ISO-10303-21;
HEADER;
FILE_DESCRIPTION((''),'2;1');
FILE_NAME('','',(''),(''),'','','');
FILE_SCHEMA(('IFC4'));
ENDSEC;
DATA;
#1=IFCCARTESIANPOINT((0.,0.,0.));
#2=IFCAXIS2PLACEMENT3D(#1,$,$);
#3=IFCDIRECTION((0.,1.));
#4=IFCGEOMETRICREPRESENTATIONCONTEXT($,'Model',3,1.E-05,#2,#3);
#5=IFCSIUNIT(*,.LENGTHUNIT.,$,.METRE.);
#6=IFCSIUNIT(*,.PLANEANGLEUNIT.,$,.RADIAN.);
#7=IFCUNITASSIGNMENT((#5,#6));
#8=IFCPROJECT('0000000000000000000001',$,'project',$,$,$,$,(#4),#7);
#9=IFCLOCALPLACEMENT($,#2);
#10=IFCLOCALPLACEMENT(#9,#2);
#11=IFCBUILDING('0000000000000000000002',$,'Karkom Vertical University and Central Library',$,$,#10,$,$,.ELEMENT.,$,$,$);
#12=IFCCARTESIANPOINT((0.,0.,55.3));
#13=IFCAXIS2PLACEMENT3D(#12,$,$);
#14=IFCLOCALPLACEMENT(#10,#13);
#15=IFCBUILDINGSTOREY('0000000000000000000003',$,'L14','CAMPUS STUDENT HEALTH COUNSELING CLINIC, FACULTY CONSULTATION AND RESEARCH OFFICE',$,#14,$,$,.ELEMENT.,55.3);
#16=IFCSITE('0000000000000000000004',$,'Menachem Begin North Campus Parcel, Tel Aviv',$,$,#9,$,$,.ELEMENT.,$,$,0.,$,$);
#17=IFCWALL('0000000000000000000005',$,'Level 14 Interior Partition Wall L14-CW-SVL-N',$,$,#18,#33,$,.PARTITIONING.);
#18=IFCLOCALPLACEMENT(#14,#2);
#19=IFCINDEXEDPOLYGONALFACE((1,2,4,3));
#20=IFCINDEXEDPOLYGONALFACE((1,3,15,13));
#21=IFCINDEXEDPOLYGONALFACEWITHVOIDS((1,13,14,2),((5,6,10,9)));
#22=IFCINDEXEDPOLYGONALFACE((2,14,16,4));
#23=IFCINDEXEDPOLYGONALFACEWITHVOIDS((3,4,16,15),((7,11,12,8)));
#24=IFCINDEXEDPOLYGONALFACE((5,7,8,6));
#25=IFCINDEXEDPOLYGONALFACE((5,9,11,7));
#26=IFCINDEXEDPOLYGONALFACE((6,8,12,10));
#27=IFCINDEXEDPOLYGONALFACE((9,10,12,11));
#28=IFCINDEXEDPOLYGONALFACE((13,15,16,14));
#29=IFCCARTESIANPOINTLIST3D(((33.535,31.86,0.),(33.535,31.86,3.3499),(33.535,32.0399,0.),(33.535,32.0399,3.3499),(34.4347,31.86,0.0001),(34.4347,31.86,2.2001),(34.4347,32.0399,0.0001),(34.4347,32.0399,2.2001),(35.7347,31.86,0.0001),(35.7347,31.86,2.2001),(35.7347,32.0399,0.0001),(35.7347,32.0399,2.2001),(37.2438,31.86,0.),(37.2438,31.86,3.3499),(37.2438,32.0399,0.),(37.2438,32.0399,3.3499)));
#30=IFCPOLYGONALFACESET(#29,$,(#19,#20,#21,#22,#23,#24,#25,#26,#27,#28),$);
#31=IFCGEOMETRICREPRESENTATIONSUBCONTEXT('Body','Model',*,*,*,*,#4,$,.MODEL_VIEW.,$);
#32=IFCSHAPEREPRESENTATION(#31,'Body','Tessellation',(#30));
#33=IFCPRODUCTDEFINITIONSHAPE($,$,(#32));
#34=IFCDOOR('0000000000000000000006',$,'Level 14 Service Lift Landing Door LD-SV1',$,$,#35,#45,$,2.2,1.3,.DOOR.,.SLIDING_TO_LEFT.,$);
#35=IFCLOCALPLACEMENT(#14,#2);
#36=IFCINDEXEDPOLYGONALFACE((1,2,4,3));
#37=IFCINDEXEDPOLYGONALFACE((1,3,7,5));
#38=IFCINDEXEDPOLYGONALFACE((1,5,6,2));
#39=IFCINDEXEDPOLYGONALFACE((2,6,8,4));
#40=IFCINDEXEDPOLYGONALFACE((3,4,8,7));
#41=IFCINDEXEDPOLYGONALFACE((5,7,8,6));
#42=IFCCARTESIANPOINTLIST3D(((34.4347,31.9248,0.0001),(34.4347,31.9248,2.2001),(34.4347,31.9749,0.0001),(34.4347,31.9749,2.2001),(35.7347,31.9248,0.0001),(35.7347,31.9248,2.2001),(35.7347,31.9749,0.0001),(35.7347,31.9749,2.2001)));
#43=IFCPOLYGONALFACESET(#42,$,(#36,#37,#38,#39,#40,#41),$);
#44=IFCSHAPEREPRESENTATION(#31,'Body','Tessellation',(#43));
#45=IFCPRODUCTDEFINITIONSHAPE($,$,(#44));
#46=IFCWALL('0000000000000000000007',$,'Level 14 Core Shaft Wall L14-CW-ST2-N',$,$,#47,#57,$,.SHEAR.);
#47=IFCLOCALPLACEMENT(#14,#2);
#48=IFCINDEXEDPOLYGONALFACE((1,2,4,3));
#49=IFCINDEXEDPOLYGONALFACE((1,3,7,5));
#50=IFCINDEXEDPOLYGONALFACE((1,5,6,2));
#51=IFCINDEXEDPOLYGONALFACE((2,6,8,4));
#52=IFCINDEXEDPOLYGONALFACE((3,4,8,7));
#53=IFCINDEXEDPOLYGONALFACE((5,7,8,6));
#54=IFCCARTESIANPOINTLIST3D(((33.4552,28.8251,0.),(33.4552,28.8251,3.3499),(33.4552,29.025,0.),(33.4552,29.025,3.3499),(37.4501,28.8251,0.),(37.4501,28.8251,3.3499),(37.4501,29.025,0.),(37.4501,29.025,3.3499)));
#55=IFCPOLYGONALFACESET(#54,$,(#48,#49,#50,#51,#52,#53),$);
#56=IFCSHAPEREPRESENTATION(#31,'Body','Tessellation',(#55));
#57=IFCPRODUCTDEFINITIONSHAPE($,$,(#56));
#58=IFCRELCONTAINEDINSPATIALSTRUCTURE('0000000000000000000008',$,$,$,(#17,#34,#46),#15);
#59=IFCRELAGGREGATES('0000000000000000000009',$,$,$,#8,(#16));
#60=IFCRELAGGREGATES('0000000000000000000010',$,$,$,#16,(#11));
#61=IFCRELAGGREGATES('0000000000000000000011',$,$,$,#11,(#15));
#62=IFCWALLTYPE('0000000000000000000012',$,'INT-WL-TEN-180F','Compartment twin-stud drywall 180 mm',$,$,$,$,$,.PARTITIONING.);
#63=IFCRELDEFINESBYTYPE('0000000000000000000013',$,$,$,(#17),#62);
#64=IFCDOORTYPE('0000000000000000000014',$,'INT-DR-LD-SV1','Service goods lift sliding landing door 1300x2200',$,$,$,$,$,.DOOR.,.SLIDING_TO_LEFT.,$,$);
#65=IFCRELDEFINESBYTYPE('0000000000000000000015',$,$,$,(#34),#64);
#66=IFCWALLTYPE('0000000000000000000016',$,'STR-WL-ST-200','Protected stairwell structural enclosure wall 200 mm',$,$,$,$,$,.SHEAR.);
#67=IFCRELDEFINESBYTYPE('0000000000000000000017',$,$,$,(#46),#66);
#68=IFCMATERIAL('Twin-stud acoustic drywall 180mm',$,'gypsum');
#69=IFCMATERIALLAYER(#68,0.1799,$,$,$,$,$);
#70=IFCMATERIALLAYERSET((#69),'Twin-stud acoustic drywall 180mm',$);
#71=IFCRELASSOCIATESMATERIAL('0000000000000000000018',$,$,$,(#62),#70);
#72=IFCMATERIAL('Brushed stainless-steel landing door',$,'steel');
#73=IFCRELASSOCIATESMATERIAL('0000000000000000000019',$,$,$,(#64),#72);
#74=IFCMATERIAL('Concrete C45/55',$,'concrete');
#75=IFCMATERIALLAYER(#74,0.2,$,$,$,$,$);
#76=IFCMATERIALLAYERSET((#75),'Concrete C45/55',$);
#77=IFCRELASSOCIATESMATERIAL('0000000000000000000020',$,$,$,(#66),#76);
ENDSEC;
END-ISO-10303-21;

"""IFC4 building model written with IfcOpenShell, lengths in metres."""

from ifc_helpers import new_model, si_unit, direction, frame, frame_2d, origin, origin_with_axes, place, context, subcontext, project, spatial, rectangle, extrude, source, transform, mapped, material, layer, layer_set, type_object, element, fill, save


model = new_model("IFC4")

# Units and contexts
model_context = context("Model", 3, precision=1e-05, world=origin(), true_north=direction((0.0, 1.0)))
body_context = subcontext(model_context, "Body", "Model", "MODEL_VIEW")
ifc_project = project(units=[si_unit("LENGTHUNIT", "METRE"), si_unit("PLANEANGLEUNIT", "RADIAN")], contexts=[model_context])

# Site, building, storey
site_placement = place(None, origin())
site = spatial("IfcSite", under=ifc_project, at=site_placement, Name="Menachem Begin North Campus Parcel, Tel Aviv", CompositionType="ELEMENT", RefElevation=0.0)
building_placement = place(site_placement, origin())
building = spatial("IfcBuilding", under=site, at=building_placement, Name="Karkom Vertical University and Central Library", CompositionType="ELEMENT")
storey_placement = place(building_placement, frame((0.0, 0.0, 55.3)))
storey = spatial("IfcBuildingStorey", under=building, at=storey_placement, Name="L14", Description="CAMPUS STUDENT HEALTH COUNSELING CLINIC, FACULTY CONSULTATION AND RESEARCH OFFICE", CompositionType="ELEMENT", Elevation=55.3)

# Wall, opening, door
ifc_material_1 = material(Name="Twin-stud acoustic drywall 180mm", Category="gypsum")
ifc_layer_1 = layer(ifc_material_1, 0.1799)
ifc_layer_set_1 = layer_set([ifc_layer_1], Name="Twin-stud acoustic drywall 180mm")
wall_type_1 = type_object("IfcWallType", Name="INT-WL-TEN-180F", Description="Compartment twin-stud drywall 180 mm", PredefinedType="PARTITIONING", material=ifc_layer_set_1)
wall_1_placement = place(storey_placement, frame((33.5349, 31.95, 0.0), z_axis=(0.0, 0.0, 1.0), x_axis=(1.0, 0.0, 0.0)))
wall_1 = element("IfcWall", 1, at=wall_1_placement, inside=storey, type_object=wall_type_1, Name="Level 14 Interior Partition Wall L14-CW-SVL-N", PredefinedType="PARTITIONING", context=body_context, shape_type="SweptSolid", body=[
    extrude(rectangle(XDim=3.7087, YDim=0.1799, at=frame_2d((1.8545, 0.0))), origin(), (0.0, 0.0, 1.0), 3.3499),
])
opening_1_placement = place(wall_1_placement, frame((0.8999, 0.0, 0.0)))
opening_1 = element("IfcOpeningElement", 2, at=opening_1_placement, cuts=wall_1, PredefinedType="OPENING", context=body_context, shape_type="SweptSolid", body=[
    extrude(rectangle(XDim=1.3, YDim=2.2, at=frame_2d((0.6499, 1.1001))), frame((0.0, 0.1001, 0.0), z_axis=(0.0, -1.0, 0.0), x_axis=(1.0, 0.0, 0.0)), (0.0, 0.0, 1.0), 0.2),
])
ifc_material_2 = material(Name="Brushed stainless-steel landing door", Category="steel")
door_type_1 = type_object("IfcDoorType", Name="INT-DR-LD-SV1", Description="Service goods lift sliding landing door 1300x2200", OperationType="SLIDING_TO_LEFT", PredefinedType="DOOR", material=ifc_material_2)
shared_shape_1 = source(origin_with_axes(), body_context, "Body", "SweptSolid", [
    extrude(rectangle(XDim=1.3, YDim=2.2, at=frame_2d((0.6499, 1.1001))), frame((0.0, 0.0249, 0.0), z_axis=(0.0, -1.0, 0.0), x_axis=(1.0, 0.0, 0.0)), (0.0, 0.0, 1.0), 0.05),
])
door_1_placement = place(opening_1_placement, origin())
door_1 = element("IfcDoor", 3, at=door_1_placement, inside=storey, type_object=door_type_1, Name="Level 14 Service Lift Landing Door LD-SV1", OperationType="SLIDING_TO_LEFT", OverallHeight=2.2, OverallWidth=1.3, PredefinedType="DOOR", context=body_context, shape_type="MappedRepresentation", body=[
    mapped(shared_shape_1, transform((0.0, 0.0, 0.0), scale=1.0)),
])
fill(opening_1, door_1)

# Wall
ifc_material_3 = material(Name="Concrete C45/55", Category="concrete")
ifc_layer_2 = layer(ifc_material_3, 0.2)
ifc_layer_set_2 = layer_set([ifc_layer_2], Name="Concrete C45/55")
wall_type_2 = type_object("IfcWallType", Name="STR-WL-ST-200", Description="Protected stairwell structural enclosure wall 200 mm", PredefinedType="SHEAR", material=ifc_layer_set_2)
wall_2_placement = place(storey_placement, frame((33.4551, 28.925, 0.0), z_axis=(0.0, 0.0, 1.0), x_axis=(1.0, 0.0, 0.0)))
element("IfcWall", 4, at=wall_2_placement, inside=storey, type_object=wall_type_2, Name="Level 14 Core Shaft Wall L14-CW-ST2-N", PredefinedType="SHEAR", context=body_context, shape_type="SweptSolid", body=[
    extrude(rectangle(XDim=3.9949, YDim=0.2, at=frame_2d((1.9976, 0.0))), origin(), (0.0, 0.0, 1.0), 3.3499),
])

save(model, "model.ifc")
